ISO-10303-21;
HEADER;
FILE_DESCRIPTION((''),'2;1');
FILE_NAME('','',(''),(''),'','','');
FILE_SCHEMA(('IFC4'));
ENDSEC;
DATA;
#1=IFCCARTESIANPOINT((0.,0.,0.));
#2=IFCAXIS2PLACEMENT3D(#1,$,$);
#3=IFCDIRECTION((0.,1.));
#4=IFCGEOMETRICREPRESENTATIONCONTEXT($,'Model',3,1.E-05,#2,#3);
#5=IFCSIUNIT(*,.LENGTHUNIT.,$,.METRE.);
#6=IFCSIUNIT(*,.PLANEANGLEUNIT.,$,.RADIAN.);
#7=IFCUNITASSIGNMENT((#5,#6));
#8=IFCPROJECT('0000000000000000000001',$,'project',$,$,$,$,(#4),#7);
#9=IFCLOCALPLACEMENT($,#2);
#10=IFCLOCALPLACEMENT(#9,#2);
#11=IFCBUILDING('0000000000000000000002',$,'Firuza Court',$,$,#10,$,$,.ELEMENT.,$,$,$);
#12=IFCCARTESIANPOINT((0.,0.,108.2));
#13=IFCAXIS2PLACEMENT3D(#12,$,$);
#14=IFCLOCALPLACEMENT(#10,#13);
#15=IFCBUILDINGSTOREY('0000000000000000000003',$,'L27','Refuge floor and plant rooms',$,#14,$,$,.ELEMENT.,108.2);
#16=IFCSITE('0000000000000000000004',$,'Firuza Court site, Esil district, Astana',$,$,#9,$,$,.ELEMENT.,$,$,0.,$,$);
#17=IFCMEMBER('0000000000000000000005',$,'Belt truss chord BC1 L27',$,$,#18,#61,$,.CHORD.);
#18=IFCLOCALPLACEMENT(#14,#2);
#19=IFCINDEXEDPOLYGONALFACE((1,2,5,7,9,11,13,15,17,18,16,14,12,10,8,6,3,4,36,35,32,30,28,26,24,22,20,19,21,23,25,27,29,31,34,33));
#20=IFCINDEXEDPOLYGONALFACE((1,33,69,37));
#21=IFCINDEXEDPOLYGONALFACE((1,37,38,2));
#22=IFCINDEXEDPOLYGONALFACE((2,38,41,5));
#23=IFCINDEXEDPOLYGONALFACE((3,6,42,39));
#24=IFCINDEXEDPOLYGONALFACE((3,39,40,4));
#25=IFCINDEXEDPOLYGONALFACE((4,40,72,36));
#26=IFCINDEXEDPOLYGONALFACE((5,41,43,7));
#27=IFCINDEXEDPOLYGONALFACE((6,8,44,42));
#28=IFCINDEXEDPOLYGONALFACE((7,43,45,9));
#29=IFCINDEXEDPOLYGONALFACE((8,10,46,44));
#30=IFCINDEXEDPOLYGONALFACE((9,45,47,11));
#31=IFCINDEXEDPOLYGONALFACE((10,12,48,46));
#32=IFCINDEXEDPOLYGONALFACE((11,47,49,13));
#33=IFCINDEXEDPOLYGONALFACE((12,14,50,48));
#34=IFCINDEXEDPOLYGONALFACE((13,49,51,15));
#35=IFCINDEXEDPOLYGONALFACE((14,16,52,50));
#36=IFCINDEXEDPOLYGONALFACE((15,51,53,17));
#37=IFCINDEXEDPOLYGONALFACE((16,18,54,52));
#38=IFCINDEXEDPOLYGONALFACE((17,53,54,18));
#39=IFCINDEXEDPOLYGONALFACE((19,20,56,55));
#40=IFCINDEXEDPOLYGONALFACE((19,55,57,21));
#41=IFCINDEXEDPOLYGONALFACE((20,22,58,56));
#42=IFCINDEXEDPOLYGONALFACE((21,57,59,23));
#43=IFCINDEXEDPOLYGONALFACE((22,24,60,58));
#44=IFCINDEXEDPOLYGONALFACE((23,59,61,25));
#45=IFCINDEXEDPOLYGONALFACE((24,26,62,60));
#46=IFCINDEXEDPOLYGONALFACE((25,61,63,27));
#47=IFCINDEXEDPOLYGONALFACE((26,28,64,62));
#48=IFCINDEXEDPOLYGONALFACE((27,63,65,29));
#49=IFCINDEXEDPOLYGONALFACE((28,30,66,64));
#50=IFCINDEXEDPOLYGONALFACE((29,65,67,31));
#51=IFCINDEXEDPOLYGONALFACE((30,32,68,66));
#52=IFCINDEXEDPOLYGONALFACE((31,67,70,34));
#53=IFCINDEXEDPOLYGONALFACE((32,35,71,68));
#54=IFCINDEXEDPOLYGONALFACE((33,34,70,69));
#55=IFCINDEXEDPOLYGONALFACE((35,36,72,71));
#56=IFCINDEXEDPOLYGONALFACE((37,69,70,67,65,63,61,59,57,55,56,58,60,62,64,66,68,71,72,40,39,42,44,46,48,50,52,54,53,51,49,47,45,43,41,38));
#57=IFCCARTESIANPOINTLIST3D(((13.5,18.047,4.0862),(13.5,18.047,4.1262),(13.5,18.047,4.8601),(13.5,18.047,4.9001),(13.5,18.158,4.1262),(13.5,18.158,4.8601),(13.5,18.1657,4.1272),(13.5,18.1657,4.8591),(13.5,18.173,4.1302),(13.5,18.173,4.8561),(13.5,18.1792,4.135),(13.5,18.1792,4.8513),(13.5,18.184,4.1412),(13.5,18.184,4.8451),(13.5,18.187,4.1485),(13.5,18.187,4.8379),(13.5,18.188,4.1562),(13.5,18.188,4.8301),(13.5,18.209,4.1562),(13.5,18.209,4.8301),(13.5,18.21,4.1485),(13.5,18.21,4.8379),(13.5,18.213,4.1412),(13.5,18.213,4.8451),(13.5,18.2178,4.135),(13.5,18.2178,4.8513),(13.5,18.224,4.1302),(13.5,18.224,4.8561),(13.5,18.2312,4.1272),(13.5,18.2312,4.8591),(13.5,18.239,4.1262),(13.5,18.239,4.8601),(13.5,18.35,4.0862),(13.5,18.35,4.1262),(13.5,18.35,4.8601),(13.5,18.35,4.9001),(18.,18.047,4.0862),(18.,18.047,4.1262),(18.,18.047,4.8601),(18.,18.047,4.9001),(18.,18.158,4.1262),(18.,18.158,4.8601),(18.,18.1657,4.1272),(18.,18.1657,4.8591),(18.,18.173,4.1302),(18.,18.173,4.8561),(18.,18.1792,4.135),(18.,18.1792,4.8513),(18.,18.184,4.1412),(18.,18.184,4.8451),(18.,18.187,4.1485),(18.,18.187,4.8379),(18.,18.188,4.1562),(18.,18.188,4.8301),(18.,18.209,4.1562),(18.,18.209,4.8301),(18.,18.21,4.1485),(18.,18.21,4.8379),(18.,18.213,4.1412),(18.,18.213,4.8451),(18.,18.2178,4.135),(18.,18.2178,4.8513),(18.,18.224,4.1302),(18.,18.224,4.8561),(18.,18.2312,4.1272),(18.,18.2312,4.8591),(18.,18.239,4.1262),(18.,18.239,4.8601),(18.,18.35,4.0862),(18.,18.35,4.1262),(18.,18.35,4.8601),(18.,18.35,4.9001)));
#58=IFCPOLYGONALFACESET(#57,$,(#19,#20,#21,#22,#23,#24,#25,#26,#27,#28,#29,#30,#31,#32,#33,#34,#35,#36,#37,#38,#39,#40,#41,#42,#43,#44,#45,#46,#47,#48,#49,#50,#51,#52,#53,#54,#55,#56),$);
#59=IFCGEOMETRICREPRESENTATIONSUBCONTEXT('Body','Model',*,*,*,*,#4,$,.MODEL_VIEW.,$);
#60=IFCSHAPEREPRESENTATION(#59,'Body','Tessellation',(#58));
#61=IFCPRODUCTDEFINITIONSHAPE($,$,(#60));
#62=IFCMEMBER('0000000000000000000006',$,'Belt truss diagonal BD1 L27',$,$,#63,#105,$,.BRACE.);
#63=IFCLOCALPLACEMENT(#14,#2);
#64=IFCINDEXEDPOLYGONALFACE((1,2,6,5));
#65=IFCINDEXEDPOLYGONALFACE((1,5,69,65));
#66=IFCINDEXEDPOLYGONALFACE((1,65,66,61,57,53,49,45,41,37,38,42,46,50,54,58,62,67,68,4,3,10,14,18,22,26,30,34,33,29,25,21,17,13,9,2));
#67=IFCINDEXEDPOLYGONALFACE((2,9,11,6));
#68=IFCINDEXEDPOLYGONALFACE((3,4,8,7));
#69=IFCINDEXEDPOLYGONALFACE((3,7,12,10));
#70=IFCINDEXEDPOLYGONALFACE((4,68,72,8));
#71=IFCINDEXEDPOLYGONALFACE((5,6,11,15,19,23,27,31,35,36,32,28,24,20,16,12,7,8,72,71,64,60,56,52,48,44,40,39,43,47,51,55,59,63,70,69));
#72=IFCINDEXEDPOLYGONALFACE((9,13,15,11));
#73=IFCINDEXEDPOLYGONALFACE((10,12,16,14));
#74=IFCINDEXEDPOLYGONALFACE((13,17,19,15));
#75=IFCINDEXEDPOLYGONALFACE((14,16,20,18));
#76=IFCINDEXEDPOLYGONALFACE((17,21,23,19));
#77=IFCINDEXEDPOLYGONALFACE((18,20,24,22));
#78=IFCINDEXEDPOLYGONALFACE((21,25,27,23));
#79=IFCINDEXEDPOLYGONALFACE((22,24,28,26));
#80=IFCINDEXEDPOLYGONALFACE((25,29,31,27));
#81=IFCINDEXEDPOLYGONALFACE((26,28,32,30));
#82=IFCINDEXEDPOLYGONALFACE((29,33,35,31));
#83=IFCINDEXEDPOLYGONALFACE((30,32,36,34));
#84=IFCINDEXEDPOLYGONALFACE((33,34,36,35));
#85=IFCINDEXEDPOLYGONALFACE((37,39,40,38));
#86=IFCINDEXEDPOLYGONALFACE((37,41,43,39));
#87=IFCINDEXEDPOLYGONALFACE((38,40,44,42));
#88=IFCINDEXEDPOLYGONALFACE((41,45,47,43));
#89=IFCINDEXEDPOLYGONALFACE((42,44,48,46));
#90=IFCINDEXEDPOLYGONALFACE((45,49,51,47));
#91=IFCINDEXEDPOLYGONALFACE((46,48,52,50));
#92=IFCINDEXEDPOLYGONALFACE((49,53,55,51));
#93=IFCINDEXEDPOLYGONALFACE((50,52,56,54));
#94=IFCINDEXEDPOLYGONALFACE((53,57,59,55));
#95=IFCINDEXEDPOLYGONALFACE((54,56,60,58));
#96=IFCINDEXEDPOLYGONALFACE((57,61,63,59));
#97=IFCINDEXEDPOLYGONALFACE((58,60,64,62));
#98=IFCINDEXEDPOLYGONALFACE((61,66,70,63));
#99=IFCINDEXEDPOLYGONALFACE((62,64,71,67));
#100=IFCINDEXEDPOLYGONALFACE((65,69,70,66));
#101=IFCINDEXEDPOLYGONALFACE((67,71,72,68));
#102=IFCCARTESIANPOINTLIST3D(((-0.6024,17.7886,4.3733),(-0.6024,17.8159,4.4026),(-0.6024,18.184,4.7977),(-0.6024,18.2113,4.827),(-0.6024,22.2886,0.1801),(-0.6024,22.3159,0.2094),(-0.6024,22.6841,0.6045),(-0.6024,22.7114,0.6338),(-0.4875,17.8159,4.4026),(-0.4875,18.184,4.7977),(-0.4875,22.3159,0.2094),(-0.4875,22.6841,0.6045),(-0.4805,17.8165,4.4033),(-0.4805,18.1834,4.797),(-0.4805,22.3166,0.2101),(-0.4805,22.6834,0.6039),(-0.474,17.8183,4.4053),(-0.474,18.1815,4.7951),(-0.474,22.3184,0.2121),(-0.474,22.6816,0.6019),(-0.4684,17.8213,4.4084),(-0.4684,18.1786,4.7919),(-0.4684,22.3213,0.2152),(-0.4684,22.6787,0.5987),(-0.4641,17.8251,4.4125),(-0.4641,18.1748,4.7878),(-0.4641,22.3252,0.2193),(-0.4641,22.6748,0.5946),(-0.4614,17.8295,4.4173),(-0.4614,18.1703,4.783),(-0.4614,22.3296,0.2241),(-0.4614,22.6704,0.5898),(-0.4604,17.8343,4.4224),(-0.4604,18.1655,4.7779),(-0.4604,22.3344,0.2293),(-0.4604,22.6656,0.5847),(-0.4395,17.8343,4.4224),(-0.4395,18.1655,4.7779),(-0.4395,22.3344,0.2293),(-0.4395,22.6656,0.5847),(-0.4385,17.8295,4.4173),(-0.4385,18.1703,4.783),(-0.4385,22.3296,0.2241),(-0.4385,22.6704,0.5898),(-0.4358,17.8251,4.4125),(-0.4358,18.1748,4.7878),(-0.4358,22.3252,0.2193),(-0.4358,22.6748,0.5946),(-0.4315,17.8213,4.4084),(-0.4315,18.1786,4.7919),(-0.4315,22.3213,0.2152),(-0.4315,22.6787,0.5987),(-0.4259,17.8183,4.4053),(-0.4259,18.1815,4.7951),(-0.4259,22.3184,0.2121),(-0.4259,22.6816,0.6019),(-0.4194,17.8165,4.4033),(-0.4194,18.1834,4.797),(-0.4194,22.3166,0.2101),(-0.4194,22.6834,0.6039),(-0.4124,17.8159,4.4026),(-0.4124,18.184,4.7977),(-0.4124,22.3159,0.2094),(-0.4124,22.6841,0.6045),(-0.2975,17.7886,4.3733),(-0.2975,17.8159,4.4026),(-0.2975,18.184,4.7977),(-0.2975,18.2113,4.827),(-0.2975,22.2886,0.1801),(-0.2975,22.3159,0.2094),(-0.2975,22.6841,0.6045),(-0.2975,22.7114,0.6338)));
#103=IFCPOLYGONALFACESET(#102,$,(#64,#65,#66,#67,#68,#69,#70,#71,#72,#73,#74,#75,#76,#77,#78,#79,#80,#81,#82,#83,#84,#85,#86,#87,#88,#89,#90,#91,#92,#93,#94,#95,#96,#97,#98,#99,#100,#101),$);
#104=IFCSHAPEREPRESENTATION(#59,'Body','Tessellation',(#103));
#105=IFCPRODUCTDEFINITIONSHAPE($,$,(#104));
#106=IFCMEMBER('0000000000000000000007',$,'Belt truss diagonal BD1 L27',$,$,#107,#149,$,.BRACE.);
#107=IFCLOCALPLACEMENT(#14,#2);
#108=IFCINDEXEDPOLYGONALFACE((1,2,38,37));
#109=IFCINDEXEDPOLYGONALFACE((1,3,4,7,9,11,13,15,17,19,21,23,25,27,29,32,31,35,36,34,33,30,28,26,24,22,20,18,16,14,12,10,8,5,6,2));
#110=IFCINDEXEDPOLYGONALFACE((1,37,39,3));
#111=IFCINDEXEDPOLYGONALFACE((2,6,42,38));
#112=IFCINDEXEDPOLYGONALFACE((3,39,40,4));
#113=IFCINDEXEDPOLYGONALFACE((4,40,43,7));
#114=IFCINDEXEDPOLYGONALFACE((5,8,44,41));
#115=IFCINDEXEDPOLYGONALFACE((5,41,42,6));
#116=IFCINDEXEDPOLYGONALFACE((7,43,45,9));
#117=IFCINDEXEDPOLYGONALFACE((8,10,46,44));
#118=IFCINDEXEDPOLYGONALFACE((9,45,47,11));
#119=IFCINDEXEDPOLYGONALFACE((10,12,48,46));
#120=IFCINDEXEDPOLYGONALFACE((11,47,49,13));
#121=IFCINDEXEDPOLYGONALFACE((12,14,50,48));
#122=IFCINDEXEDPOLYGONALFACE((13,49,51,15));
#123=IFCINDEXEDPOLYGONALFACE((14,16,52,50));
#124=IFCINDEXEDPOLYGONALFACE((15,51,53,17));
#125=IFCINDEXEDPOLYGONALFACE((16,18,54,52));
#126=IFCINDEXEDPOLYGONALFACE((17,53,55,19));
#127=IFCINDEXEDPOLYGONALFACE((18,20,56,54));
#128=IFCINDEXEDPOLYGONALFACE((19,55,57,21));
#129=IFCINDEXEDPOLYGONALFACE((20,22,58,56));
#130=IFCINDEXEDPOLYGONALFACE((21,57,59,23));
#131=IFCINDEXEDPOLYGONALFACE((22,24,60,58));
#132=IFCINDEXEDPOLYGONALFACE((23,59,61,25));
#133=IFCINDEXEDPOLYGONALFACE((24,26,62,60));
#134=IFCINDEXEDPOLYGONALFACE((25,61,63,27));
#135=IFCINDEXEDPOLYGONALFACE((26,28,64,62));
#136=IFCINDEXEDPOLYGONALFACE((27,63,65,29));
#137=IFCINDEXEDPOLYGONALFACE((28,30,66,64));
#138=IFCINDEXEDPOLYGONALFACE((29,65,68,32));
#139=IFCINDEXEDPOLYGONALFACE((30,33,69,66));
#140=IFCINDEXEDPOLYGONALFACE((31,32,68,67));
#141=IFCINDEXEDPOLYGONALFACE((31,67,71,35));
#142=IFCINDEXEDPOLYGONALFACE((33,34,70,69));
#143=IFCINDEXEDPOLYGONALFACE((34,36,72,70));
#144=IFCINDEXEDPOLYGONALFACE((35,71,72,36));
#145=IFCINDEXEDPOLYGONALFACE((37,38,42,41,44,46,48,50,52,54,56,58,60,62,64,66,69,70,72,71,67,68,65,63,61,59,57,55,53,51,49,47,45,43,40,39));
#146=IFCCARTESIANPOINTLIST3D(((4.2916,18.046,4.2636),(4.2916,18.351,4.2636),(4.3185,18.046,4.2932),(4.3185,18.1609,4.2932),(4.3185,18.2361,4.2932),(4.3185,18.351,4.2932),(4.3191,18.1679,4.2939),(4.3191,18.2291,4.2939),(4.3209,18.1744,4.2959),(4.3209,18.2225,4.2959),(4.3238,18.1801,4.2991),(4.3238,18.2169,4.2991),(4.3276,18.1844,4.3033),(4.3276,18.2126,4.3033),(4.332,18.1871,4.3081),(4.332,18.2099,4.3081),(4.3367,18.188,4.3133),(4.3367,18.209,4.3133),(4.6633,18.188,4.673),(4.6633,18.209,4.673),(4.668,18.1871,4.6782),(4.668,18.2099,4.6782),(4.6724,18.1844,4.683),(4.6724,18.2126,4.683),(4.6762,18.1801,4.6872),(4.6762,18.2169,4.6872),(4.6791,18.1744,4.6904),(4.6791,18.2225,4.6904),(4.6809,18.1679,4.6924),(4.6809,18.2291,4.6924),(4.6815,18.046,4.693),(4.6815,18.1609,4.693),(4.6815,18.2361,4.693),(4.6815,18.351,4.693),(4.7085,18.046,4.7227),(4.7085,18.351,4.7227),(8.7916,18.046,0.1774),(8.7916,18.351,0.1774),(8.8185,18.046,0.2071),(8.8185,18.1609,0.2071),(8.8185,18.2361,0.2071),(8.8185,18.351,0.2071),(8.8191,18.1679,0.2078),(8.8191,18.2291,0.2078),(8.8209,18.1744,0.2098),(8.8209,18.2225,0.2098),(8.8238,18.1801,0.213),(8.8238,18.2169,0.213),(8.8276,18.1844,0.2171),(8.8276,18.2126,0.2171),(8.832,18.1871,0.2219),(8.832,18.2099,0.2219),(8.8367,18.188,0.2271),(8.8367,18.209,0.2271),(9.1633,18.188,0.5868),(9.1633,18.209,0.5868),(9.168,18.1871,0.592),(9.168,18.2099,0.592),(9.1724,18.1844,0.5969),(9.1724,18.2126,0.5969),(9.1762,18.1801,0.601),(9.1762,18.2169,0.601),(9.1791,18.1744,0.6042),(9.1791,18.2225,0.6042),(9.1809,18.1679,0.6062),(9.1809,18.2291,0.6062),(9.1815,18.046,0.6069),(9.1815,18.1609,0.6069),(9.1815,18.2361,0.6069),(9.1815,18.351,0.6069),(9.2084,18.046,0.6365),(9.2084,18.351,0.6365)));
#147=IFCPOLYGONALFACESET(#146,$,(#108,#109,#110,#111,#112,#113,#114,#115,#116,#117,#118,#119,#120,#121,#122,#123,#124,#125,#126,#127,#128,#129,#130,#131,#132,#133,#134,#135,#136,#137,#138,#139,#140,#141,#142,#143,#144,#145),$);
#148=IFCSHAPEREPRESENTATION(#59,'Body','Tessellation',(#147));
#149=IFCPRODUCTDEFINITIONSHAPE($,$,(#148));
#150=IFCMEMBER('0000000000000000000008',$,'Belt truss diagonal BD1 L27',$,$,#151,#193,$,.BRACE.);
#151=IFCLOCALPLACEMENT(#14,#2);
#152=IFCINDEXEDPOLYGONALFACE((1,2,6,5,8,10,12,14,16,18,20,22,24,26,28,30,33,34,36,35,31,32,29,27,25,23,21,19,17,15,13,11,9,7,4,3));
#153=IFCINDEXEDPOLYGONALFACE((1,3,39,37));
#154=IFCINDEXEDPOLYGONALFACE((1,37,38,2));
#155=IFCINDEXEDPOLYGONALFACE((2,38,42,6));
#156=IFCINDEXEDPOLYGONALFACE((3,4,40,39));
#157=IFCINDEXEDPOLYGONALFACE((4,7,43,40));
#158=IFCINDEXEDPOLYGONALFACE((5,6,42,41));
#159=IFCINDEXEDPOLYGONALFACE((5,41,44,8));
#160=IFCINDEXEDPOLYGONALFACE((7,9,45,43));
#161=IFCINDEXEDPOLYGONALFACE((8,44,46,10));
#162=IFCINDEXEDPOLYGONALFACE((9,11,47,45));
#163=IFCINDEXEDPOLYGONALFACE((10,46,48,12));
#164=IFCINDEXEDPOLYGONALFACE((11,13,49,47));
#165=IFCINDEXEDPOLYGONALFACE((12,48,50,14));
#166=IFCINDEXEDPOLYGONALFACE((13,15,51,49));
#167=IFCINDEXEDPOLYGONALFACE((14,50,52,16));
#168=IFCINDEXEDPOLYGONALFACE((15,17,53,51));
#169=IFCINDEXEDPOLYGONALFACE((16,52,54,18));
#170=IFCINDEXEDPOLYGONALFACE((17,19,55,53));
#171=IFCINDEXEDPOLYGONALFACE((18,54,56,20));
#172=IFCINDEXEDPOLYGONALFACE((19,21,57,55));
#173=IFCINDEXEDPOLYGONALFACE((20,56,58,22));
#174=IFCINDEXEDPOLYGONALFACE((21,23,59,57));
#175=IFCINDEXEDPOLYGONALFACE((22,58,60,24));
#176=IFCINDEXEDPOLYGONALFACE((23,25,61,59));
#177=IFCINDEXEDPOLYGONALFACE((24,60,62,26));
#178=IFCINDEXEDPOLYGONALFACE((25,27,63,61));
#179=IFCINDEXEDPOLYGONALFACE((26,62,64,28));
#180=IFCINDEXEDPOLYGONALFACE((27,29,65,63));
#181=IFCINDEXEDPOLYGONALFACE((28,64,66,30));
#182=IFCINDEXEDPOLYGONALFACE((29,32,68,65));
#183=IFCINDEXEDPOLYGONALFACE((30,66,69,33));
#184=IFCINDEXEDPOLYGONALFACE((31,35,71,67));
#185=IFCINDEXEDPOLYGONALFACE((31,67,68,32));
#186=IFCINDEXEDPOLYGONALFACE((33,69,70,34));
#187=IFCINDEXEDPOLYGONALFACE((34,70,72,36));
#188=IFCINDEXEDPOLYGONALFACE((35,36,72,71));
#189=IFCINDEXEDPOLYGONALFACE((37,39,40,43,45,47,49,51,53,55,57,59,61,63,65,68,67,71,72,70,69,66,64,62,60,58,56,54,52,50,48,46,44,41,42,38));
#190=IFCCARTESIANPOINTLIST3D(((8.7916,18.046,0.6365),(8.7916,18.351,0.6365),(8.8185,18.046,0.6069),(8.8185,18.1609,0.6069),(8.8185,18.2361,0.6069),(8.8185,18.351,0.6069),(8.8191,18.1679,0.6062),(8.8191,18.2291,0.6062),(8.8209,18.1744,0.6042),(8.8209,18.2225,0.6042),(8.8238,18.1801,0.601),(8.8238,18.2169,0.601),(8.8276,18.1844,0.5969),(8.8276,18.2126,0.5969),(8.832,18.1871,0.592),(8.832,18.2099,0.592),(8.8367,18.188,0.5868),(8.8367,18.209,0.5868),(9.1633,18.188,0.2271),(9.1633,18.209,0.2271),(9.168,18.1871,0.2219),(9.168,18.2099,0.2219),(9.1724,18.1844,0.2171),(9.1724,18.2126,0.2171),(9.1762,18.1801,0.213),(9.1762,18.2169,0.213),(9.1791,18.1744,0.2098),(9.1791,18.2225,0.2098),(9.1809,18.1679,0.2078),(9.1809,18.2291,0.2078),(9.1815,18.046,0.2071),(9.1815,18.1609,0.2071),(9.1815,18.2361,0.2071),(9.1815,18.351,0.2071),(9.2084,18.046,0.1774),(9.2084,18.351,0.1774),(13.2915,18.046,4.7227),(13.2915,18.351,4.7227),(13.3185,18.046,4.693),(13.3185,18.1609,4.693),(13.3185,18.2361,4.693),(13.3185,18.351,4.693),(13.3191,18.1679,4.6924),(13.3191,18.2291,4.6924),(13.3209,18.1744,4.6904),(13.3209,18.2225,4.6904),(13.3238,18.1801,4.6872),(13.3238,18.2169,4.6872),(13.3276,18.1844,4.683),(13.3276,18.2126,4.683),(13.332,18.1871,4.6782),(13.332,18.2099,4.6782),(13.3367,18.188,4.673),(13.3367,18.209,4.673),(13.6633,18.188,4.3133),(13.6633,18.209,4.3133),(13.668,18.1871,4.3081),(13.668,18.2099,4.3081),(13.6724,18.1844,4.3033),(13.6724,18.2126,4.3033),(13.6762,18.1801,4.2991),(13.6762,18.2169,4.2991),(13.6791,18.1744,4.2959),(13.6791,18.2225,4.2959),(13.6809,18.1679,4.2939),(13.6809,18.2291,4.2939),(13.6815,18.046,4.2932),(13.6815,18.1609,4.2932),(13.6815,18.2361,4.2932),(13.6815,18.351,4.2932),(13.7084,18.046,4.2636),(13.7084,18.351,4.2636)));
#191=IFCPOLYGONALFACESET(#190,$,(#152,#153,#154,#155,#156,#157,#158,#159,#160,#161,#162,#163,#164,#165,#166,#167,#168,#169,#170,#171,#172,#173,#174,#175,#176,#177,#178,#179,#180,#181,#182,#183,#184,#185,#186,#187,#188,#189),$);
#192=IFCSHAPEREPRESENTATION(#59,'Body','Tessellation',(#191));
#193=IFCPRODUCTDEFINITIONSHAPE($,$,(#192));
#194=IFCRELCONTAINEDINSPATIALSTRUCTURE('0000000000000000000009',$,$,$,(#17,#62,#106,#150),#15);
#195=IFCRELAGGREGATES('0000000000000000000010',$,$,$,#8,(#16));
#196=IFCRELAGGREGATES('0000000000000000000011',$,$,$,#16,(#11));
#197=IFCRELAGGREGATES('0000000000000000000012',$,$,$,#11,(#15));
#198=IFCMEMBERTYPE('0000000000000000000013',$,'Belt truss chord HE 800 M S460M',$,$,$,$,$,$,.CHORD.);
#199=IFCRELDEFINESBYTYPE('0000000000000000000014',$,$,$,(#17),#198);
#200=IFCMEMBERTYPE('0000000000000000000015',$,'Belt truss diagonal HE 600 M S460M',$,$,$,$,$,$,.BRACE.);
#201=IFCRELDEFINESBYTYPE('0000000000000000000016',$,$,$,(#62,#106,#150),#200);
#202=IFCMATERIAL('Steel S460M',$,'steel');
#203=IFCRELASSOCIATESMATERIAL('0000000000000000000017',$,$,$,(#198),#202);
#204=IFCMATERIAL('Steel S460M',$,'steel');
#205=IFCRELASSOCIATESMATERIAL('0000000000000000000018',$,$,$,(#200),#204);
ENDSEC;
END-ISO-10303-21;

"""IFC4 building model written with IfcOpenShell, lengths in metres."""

from ifc_helpers import new_model, si_unit, direction, frame, origin, origin_2d, place, context, subcontext, project, spatial, i_section, extrude, material, material_profile, profile_set, type_object, element, save


model = new_model("IFC4")

# Units and contexts
model_context = context("Model", 3, precision=1e-05, world=origin(), true_north=direction((0.0, 1.0)))
body_context = subcontext(model_context, "Body", "Model", "MODEL_VIEW")
ifc_project = project(units=[si_unit("LENGTHUNIT", "METRE"), si_unit("PLANEANGLEUNIT", "RADIAN")], contexts=[model_context])

# Site, building, storey
site_placement = place(None, origin())
site = spatial("IfcSite", under=ifc_project, at=site_placement, Name="Firuza Court site, Esil district, Astana", CompositionType="ELEMENT", RefElevation=0.0)
building_placement = place(site_placement, origin())
building = spatial("IfcBuilding", under=site, at=building_placement, Name="Firuza Court", CompositionType="ELEMENT")
storey_placement = place(building_placement, frame((0.0, 0.0, 108.2)))
storey = spatial("IfcBuildingStorey", under=building, at=storey_placement, Name="L27", Description="Refuge floor and plant rooms", CompositionType="ELEMENT", Elevation=108.2)

# Members
ifc_material_1 = material(Name="Steel S460M", Category="steel")
ifc_material_profile_1 = material_profile(ifc_material_1, i_section(OverallWidth=0.303, OverallDepth=0.814, WebThickness=0.021, FlangeThickness=0.04, FilletRadius=0.03, at=origin_2d()), Name="HE 800 M")
ifc_profile_set_1 = profile_set([ifc_material_profile_1], Name="Steel S460M")
member_type_1 = type_object("IfcMemberType", Name="Belt truss chord HE 800 M S460M", PredefinedType="CHORD", material=ifc_profile_set_1)
for number, where, z_axis, x_axis, name in (
    (1, (13.5, 18.1985, 4.4932), (1.0, 0.0, 0.0), (0.0, 1.0, 0.0), "Belt truss chord BC1 L27"),
):
    element("IfcMember", number, at=place(storey_placement, frame(where, z_axis=z_axis, x_axis=x_axis)), inside=storey, type_object=member_type_1, Name=name, PredefinedType="CHORD", context=body_context, shape_type="SweptSolid", body=[
        extrude(i_section(OverallWidth=0.303, OverallDepth=0.814, WebThickness=0.021, FlangeThickness=0.04, FilletRadius=0.03, at=origin_2d()), origin(), (0.0, 0.0, 1.0), 4.5),
    ])
ifc_material_2 = material(Name="Steel S460M", Category="steel")
ifc_material_profile_2 = material_profile(ifc_material_2, i_section(OverallWidth=0.3049, OverallDepth=0.6201, WebThickness=0.021, FlangeThickness=0.04, FilletRadius=0.0271, at=origin_2d()), Name="HE 600 M")
ifc_profile_set_2 = profile_set([ifc_material_profile_2], Name="Steel S460M")
member_type_2 = type_object("IfcMemberType", Name="Belt truss diagonal HE 600 M S460M", PredefinedType="BRACE", material=ifc_profile_set_2)
member_placement = place(storey_placement, frame((-0.45, 22.5, 0.407), z_axis=(0.0, -0.731613, 0.68172), x_axis=(1.0, 0.0, 0.0)))
element("IfcMember", 2, at=member_placement, inside=storey, type_object=member_type_2, Name="Belt truss diagonal BD1 L27", PredefinedType="BRACE", context=body_context, shape_type="SweptSolid", body=[
    extrude(i_section(OverallWidth=0.3049, OverallDepth=0.6201, WebThickness=0.021, FlangeThickness=0.04, FilletRadius=0.0271, at=origin_2d()), origin(), (0.0, 0.0, 1.0), 6.1509),
])
for number, where, z_axis, x_axis, name in (
    (3, (9.0, 18.1985, 0.407), (-0.740327, 0.0, 0.672247), (0.0, -1.0, 0.0), "Belt truss diagonal BD1 L27"),
    (4, (9.0, 18.1985, 0.407), (0.740327, 0.0, 0.672247), (0.0, 1.0, 0.0), "Belt truss diagonal BD1 L27"),
):
    element("IfcMember", number, at=place(storey_placement, frame(where, z_axis=z_axis, x_axis=x_axis)), inside=storey, type_object=member_type_2, Name=name, PredefinedType="BRACE", context=body_context, shape_type="SweptSolid", body=[
        extrude(i_section(OverallWidth=0.3049, OverallDepth=0.6201, WebThickness=0.021, FlangeThickness=0.04, FilletRadius=0.0271, at=origin_2d()), origin(), (0.0, 0.0, 1.0), 6.0784),
    ])

save(model, "model.ifc")
